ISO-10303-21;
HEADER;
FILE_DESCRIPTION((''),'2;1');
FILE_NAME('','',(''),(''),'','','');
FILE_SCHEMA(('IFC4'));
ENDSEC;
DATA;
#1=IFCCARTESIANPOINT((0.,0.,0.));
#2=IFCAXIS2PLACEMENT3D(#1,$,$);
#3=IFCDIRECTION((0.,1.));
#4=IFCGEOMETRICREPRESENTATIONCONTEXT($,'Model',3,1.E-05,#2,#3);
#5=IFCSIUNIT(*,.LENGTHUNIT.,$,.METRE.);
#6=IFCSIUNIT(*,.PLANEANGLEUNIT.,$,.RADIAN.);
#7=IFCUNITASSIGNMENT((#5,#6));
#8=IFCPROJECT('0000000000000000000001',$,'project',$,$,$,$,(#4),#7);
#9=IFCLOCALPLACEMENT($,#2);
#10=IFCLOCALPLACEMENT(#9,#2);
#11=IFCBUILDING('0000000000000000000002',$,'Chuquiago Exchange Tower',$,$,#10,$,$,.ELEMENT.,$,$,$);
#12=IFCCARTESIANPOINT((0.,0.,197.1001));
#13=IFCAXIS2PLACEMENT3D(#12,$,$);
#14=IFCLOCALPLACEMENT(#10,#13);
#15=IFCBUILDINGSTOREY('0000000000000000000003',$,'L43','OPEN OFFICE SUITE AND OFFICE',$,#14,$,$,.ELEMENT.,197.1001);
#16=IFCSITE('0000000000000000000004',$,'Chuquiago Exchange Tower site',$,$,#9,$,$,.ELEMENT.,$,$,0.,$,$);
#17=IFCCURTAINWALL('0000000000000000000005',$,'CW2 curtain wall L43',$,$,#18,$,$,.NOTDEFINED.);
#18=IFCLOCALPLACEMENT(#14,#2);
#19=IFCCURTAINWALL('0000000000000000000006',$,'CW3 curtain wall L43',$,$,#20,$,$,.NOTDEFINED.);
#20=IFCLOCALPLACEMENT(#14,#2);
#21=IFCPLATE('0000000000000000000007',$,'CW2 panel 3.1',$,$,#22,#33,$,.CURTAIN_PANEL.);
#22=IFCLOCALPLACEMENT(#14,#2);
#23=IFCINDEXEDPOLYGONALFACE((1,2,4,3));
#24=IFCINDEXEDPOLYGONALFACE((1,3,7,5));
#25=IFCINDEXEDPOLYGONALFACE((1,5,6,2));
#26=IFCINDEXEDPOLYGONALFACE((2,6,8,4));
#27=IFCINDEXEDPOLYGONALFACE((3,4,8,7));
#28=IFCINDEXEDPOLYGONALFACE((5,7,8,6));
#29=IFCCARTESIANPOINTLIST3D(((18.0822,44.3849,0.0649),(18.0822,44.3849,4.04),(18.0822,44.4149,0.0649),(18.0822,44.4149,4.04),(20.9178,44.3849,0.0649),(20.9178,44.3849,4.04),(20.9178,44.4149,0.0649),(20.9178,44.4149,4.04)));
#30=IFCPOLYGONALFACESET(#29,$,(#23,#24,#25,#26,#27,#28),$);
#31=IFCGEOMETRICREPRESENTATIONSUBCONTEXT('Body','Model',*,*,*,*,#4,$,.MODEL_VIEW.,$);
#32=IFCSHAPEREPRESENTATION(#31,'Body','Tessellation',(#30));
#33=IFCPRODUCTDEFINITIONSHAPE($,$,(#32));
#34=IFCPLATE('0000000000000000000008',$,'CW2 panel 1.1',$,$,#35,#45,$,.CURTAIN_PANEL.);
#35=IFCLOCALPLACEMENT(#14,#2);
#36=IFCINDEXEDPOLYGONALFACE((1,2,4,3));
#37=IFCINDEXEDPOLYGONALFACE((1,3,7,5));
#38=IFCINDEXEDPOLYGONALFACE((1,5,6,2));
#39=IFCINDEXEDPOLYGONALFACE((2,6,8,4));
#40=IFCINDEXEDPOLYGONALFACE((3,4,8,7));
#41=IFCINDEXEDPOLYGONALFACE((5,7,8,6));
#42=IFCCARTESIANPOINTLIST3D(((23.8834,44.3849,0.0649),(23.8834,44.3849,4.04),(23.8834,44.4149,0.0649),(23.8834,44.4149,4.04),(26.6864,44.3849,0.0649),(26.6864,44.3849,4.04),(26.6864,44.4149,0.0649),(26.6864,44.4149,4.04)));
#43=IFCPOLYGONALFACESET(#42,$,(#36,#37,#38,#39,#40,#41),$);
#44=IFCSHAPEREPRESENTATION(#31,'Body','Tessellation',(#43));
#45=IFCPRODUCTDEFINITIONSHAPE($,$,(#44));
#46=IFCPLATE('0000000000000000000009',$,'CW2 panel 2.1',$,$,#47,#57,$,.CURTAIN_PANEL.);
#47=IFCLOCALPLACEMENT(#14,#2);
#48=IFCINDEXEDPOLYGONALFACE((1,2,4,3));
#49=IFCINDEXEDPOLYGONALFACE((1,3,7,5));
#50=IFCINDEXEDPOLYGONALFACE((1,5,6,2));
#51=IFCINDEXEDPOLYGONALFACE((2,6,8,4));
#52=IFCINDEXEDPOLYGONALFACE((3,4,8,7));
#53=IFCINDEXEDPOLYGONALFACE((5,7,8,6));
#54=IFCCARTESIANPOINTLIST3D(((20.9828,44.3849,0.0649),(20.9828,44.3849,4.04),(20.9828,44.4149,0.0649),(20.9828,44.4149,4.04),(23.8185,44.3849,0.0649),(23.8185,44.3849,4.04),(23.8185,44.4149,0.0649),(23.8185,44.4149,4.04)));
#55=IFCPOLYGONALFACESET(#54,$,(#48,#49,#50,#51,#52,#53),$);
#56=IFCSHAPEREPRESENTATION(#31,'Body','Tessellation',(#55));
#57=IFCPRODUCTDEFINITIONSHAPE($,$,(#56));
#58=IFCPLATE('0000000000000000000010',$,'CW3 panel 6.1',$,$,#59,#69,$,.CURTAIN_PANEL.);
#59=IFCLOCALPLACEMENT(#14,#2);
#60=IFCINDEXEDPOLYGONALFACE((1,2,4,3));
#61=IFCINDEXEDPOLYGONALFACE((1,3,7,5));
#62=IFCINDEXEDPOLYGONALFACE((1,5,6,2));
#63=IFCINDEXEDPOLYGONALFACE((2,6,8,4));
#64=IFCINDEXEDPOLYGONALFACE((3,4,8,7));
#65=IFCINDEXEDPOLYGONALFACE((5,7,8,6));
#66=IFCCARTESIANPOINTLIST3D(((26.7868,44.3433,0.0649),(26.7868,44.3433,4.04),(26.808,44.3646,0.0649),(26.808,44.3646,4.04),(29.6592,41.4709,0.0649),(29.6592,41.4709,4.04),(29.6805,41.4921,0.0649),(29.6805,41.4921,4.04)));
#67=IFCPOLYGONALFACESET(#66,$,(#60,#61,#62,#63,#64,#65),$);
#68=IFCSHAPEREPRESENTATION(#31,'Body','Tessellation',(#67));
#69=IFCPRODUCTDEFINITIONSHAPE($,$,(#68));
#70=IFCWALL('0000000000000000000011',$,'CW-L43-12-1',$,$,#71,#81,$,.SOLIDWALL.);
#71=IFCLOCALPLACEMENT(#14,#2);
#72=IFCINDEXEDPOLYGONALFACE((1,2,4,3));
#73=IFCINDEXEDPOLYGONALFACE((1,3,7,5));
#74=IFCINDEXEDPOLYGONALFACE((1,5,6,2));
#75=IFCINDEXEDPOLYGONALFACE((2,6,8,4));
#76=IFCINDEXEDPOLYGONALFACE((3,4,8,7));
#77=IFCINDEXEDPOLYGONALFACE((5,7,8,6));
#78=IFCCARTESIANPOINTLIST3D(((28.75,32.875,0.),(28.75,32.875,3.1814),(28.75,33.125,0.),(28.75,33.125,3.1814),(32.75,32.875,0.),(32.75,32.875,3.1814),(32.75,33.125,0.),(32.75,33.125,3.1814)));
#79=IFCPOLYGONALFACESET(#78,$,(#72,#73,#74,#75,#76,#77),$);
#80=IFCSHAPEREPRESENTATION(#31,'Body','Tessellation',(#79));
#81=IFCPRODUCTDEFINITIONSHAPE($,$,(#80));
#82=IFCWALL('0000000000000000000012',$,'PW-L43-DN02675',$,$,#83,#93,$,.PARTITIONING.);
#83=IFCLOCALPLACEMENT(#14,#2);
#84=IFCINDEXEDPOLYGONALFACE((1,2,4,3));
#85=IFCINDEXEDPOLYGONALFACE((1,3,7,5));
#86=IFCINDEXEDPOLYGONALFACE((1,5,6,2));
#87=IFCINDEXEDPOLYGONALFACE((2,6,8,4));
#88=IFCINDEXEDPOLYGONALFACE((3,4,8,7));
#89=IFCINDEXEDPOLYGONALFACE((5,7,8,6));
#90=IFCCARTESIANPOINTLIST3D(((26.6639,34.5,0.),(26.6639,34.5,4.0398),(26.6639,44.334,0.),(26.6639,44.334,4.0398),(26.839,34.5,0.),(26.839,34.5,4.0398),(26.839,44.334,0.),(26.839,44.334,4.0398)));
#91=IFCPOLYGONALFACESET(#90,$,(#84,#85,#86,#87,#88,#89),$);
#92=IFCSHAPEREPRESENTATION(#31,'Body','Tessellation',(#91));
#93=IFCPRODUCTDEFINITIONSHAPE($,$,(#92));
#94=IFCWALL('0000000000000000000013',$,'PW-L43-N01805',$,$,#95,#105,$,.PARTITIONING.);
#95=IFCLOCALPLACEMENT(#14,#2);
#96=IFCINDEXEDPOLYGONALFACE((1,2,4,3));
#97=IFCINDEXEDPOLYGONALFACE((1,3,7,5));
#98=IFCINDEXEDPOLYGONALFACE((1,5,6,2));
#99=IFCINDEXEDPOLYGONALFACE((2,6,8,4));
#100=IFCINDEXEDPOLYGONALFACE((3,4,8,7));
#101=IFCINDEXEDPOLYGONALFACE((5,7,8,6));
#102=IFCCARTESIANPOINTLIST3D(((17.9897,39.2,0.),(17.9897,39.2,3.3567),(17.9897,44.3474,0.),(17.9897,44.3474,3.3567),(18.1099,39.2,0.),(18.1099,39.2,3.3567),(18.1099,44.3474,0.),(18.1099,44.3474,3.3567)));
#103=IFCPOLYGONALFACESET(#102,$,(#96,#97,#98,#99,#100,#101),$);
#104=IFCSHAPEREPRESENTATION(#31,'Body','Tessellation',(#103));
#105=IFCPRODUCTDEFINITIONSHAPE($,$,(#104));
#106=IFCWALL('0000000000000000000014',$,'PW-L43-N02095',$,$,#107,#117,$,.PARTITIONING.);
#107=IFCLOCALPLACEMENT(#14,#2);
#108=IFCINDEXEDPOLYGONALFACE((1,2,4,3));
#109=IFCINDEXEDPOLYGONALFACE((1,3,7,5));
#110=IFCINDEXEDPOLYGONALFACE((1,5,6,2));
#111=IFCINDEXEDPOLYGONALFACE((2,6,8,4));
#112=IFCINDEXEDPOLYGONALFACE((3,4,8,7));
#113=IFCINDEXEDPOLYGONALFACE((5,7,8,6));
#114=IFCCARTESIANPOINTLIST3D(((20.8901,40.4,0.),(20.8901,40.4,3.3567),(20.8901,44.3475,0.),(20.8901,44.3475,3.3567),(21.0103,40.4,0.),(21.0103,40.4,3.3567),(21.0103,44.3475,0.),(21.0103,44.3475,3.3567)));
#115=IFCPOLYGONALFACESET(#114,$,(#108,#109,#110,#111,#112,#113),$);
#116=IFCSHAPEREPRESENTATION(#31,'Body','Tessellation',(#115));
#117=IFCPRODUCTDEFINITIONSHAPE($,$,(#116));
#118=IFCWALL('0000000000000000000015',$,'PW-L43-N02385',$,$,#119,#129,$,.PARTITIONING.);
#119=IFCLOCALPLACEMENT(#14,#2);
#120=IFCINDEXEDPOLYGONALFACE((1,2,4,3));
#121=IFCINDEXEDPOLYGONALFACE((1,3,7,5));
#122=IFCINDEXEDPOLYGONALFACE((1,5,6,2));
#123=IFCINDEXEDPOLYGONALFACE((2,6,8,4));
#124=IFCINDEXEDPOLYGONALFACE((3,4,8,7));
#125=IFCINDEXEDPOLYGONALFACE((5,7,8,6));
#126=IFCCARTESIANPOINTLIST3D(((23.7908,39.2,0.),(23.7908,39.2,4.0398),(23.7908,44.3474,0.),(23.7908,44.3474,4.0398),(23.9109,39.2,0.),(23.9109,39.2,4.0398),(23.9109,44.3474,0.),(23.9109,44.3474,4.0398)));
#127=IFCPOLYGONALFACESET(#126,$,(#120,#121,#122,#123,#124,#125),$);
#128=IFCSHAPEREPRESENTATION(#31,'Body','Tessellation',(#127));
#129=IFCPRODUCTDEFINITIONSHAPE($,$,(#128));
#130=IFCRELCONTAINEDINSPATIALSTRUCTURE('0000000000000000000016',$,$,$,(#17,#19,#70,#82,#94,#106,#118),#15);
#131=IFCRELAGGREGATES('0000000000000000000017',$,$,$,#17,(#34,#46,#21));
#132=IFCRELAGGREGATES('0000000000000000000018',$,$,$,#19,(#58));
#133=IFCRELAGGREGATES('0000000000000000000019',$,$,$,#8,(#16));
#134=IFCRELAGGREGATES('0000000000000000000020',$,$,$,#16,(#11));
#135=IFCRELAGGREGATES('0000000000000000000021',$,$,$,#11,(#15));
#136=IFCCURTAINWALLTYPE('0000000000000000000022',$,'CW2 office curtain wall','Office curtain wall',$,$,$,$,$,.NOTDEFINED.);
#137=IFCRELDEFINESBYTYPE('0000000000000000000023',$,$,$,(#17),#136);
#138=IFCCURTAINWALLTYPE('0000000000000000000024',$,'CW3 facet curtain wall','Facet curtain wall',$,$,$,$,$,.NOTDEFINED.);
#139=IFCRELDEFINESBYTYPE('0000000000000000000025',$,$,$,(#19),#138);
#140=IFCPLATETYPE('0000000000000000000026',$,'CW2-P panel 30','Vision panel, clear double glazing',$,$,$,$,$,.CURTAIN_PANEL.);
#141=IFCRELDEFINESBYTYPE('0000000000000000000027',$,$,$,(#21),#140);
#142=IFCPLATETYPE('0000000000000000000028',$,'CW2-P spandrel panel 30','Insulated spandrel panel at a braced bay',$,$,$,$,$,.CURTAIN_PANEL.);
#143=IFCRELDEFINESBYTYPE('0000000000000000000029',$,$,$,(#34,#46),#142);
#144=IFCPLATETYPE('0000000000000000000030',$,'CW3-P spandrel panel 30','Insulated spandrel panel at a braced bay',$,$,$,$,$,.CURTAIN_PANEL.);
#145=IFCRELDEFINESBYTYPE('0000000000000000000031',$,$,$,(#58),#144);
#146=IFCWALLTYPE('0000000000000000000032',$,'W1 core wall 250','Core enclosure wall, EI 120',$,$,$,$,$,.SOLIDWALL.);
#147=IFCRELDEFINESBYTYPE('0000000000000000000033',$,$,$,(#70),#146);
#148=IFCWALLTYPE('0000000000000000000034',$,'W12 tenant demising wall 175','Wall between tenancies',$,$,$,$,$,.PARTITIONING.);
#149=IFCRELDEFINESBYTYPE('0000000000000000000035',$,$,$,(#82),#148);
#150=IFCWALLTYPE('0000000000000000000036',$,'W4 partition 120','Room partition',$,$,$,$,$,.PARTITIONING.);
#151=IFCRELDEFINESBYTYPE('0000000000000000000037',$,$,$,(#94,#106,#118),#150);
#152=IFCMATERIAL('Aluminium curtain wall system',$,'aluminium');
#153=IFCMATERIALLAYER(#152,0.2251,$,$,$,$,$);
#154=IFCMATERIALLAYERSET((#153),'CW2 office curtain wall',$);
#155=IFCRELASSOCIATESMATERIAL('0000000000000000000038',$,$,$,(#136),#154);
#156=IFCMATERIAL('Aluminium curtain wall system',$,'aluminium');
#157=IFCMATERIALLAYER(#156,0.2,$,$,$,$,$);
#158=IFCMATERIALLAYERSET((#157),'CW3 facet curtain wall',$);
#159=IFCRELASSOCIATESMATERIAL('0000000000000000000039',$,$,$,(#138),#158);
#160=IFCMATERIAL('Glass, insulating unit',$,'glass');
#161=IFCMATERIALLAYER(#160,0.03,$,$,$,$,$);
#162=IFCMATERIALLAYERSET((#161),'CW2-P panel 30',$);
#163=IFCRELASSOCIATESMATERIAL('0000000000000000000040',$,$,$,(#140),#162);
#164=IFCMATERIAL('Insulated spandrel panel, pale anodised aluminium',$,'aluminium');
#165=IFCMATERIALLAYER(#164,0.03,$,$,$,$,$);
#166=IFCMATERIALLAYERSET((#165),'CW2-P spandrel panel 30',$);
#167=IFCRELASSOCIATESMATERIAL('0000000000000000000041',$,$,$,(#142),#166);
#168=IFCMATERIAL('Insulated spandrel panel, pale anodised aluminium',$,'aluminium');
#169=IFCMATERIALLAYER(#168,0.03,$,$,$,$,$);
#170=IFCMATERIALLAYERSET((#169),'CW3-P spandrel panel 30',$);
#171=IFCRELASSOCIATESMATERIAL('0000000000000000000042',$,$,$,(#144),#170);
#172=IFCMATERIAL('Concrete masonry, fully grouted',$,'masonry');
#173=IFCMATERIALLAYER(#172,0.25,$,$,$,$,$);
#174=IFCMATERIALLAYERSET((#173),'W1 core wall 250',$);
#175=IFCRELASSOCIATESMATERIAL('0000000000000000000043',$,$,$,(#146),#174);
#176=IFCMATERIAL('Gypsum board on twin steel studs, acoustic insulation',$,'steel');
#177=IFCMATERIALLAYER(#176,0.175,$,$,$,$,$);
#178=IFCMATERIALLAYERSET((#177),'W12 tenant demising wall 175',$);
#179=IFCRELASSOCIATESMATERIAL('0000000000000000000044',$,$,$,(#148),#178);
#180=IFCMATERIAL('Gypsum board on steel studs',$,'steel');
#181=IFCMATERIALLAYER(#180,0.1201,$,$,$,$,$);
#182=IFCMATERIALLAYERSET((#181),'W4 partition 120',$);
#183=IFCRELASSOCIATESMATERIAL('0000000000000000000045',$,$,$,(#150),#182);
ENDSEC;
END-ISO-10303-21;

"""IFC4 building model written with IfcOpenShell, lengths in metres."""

from ifc_helpers import new_model, si_unit, direction, frame, frame_2d, origin, origin_2d, place, context, subcontext, project, spatial, rectangle, extrude, material, layer, layer_set, type_object, element, aggregate, save


model = new_model("IFC4")

# Units and contexts
model_context = context("Model", 3, precision=1e-05, world=origin(), true_north=direction((0.0, 1.0)))
body_context = subcontext(model_context, "Body", "Model", "MODEL_VIEW")
ifc_project = project(units=[si_unit("LENGTHUNIT", "METRE"), si_unit("PLANEANGLEUNIT", "RADIAN")], contexts=[model_context])

# Site, building, storey
site_placement = place(None, origin())
site = spatial("IfcSite", under=ifc_project, at=site_placement, Name="Chuquiago Exchange Tower site", CompositionType="ELEMENT", RefElevation=0.0)
building_placement = place(site_placement, origin())
building = spatial("IfcBuilding", under=site, at=building_placement, Name="Chuquiago Exchange Tower", CompositionType="ELEMENT")
storey_placement = place(building_placement, frame((0.0, 0.0, 197.1001)))
storey = spatial("IfcBuildingStorey", under=building, at=storey_placement, Name="L43", Description="OPEN OFFICE SUITE AND OFFICE", CompositionType="ELEMENT", Elevation=197.1001)

# Curtain walls
ifc_material_1 = material(Name="Aluminium curtain wall system", Category="aluminium")
ifc_layer_1 = layer(ifc_material_1, 0.2251)
ifc_layer_set_1 = layer_set([ifc_layer_1], Name="CW2 office curtain wall")
curtain_wall_type_1 = type_object("IfcCurtainWallType", Name="CW2 office curtain wall", Description="Office curtain wall", PredefinedType="NOTDEFINED", material=ifc_layer_set_1)
curtain_wall_1_placement = place(storey_placement, origin())
curtain_wall_1 = element("IfcCurtainWall", 1, at=curtain_wall_1_placement, inside=storey, type_object=curtain_wall_type_1, Name="CW2 curtain wall L43", PredefinedType="NOTDEFINED")
ifc_material_2 = material(Name="Aluminium curtain wall system", Category="aluminium")
ifc_layer_2 = layer(ifc_material_2, 0.2)
ifc_layer_set_2 = layer_set([ifc_layer_2], Name="CW3 facet curtain wall")
curtain_wall_type_2 = type_object("IfcCurtainWallType", Name="CW3 facet curtain wall", Description="Facet curtain wall", PredefinedType="NOTDEFINED", material=ifc_layer_set_2)
curtain_wall_2_placement = place(storey_placement, origin())
curtain_wall_2 = element("IfcCurtainWall", 2, at=curtain_wall_2_placement, inside=storey, type_object=curtain_wall_type_2, Name="CW3 curtain wall L43", PredefinedType="NOTDEFINED")

# Plates
ifc_material_3 = material(Name="Glass, insulating unit", Category="glass")
ifc_layer_3 = layer(ifc_material_3, 0.03)
ifc_layer_set_3 = layer_set([ifc_layer_3], Name="CW2-P panel 30")
plate_type_1 = type_object("IfcPlateType", Name="CW2-P panel 30", Description="Vision panel, clear double glazing", PredefinedType="CURTAIN_PANEL", material=ifc_layer_set_3)
plate_1_placement = place(storey_placement, frame((19.5, 44.3999, 0.0649), z_axis=(0.0, 0.0, 1.0), x_axis=(-1.0, 0.0, 0.0)))
plate_1 = element("IfcPlate", 3, at=plate_1_placement, type_object=plate_type_1, Name="CW2 panel 3.1", PredefinedType="CURTAIN_PANEL", context=body_context, shape_type="SweptSolid", body=[
    extrude(rectangle(XDim=2.8357, YDim=0.03, at=origin_2d()), origin(), (0.0, 0.0, 1.0), 3.9751),
])
ifc_material_4 = material(Name="Insulated spandrel panel, pale anodised aluminium", Category="aluminium")
ifc_layer_4 = layer(ifc_material_4, 0.03)
ifc_layer_set_4 = layer_set([ifc_layer_4], Name="CW2-P spandrel panel 30")
plate_type_2 = type_object("IfcPlateType", Name="CW2-P spandrel panel 30", Description="Insulated spandrel panel at a braced bay", PredefinedType="CURTAIN_PANEL", material=ifc_layer_set_4)
plate_2_placement = place(storey_placement, frame((25.2849, 44.3999, 0.0649), z_axis=(0.0, 0.0, 1.0), x_axis=(-1.0, 0.0, 0.0)))
plate_2 = element("IfcPlate", 4, at=plate_2_placement, type_object=plate_type_2, Name="CW2 panel 1.1", PredefinedType="CURTAIN_PANEL", context=body_context, shape_type="SweptSolid", body=[
    extrude(rectangle(XDim=2.803, YDim=0.03, at=origin_2d()), origin(), (0.0, 0.0, 1.0), 3.9751),
])
plate_3_placement = place(storey_placement, frame((22.4006, 44.3999, 0.0649), z_axis=(0.0, 0.0, 1.0), x_axis=(-1.0, 0.0, 0.0)))
plate_3 = element("IfcPlate", 5, at=plate_3_placement, type_object=plate_type_2, Name="CW2 panel 2.1", PredefinedType="CURTAIN_PANEL", context=body_context, shape_type="SweptSolid", body=[
    extrude(rectangle(XDim=2.8357, YDim=0.03, at=origin_2d()), origin(), (0.0, 0.0, 1.0), 3.9751),
])
aggregate(curtain_wall_1, [plate_2, plate_3, plate_1])
ifc_material_5 = material(Name="Insulated spandrel panel, pale anodised aluminium", Category="aluminium")
ifc_layer_5 = layer(ifc_material_5, 0.03)
ifc_layer_set_5 = layer_set([ifc_layer_5], Name="CW3-P spandrel panel 30")
plate_type_3 = type_object("IfcPlateType", Name="CW3-P spandrel panel 30", Description="Insulated spandrel panel at a braced bay", PredefinedType="CURTAIN_PANEL", material=ifc_layer_set_5)
plate_4_placement = place(storey_placement, frame((28.2336, 42.9177, 0.0649), z_axis=(0.0, 0.0, 1.0), x_axis=(-0.707107, 0.707107, 0.0)))
plate_4 = element("IfcPlate", 6, at=plate_4_placement, type_object=plate_type_3, Name="CW3 panel 6.1", PredefinedType="CURTAIN_PANEL", context=body_context, shape_type="SweptSolid", body=[
    extrude(rectangle(XDim=4.0623, YDim=0.03, at=origin_2d()), origin(), (0.0, 0.0, 1.0), 3.9751),
])
aggregate(curtain_wall_2, [plate_4])

# Walls
ifc_material_6 = material(Name="Concrete masonry, fully grouted", Category="masonry")
ifc_layer_6 = layer(ifc_material_6, 0.25)
ifc_layer_set_6 = layer_set([ifc_layer_6], Name="W1 core wall 250")
wall_type_1 = type_object("IfcWallType", Name="W1 core wall 250", Description="Core enclosure wall, EI 120", PredefinedType="SOLIDWALL", material=ifc_layer_set_6)
wall_1_placement = place(storey_placement, frame((28.75, 33.0, 0.0), z_axis=(0.0, 0.0, 1.0), x_axis=(1.0, 0.0, 0.0)))
element("IfcWall", 7, at=wall_1_placement, inside=storey, type_object=wall_type_1, Name="CW-L43-12-1", PredefinedType="SOLIDWALL", context=body_context, shape_type="SweptSolid", body=[
    extrude(rectangle(XDim=4.0, YDim=0.25, at=frame_2d((2.0, 0.0))), origin(), (0.0, 0.0, 1.0), 3.1814),
])
ifc_material_7 = material(Name="Gypsum board on twin steel studs, acoustic insulation", Category="steel")
ifc_layer_7 = layer(ifc_material_7, 0.175)
ifc_layer_set_7 = layer_set([ifc_layer_7], Name="W12 tenant demising wall 175")
wall_type_2 = type_object("IfcWallType", Name="W12 tenant demising wall 175", Description="Wall between tenancies", PredefinedType="PARTITIONING", material=ifc_layer_set_7)
wall_2_placement = place(storey_placement, frame((26.7515, 44.334, 0.0), z_axis=(0.0, 0.0, 1.0), x_axis=(0.0, -1.0, 0.0)))
element("IfcWall", 8, at=wall_2_placement, inside=storey, type_object=wall_type_2, Name="PW-L43-DN02675", PredefinedType="PARTITIONING", context=body_context, shape_type="SweptSolid", body=[
    extrude(rectangle(XDim=9.834, YDim=0.175, at=frame_2d((4.917, 0.0))), origin(), (0.0, 0.0, 1.0), 4.0398),
])
ifc_material_8 = material(Name="Gypsum board on steel studs", Category="steel")
ifc_layer_8 = layer(ifc_material_8, 0.1201)
ifc_layer_set_8 = layer_set([ifc_layer_8], Name="W4 partition 120")
wall_type_3 = type_object("IfcWallType", Name="W4 partition 120", Description="Room partition", PredefinedType="PARTITIONING", material=ifc_layer_set_8)
wall_3_placement = place(storey_placement, frame((18.0498, 44.3474, 0.0), z_axis=(0.0, 0.0, 1.0), x_axis=(0.0, -1.0, 0.0)))
element("IfcWall", 9, at=wall_3_placement, inside=storey, type_object=wall_type_3, Name="PW-L43-N01805", PredefinedType="PARTITIONING", context=body_context, shape_type="SweptSolid", body=[
    extrude(rectangle(XDim=5.1475, YDim=0.1201, at=frame_2d((2.5737, 0.0))), origin(), (0.0, 0.0, 1.0), 3.3567),
])
wall_4_placement = place(storey_placement, frame((20.9502, 44.3474, 0.0), z_axis=(0.0, 0.0, 1.0), x_axis=(0.0, -1.0, 0.0)))
element("IfcWall", 10, at=wall_4_placement, inside=storey, type_object=wall_type_3, Name="PW-L43-N02095", PredefinedType="PARTITIONING", context=body_context, shape_type="SweptSolid", body=[
    extrude(rectangle(XDim=3.9475, YDim=0.1201, at=frame_2d((1.9736, 0.0))), origin(), (0.0, 0.0, 1.0), 3.3567),
])
wall_5_placement = place(storey_placement, frame((23.8508, 44.3474, 0.0), z_axis=(0.0, 0.0, 1.0), x_axis=(0.0, -1.0, 0.0)))
element("IfcWall", 11, at=wall_5_placement, inside=storey, type_object=wall_type_3, Name="PW-L43-N02385", PredefinedType="PARTITIONING", context=body_context, shape_type="SweptSolid", body=[
    extrude(rectangle(XDim=5.1475, YDim=0.1201, at=frame_2d((2.5737, 0.0))), origin(), (0.0, 0.0, 1.0), 4.0398),
])

save(model, "model.ifc")
